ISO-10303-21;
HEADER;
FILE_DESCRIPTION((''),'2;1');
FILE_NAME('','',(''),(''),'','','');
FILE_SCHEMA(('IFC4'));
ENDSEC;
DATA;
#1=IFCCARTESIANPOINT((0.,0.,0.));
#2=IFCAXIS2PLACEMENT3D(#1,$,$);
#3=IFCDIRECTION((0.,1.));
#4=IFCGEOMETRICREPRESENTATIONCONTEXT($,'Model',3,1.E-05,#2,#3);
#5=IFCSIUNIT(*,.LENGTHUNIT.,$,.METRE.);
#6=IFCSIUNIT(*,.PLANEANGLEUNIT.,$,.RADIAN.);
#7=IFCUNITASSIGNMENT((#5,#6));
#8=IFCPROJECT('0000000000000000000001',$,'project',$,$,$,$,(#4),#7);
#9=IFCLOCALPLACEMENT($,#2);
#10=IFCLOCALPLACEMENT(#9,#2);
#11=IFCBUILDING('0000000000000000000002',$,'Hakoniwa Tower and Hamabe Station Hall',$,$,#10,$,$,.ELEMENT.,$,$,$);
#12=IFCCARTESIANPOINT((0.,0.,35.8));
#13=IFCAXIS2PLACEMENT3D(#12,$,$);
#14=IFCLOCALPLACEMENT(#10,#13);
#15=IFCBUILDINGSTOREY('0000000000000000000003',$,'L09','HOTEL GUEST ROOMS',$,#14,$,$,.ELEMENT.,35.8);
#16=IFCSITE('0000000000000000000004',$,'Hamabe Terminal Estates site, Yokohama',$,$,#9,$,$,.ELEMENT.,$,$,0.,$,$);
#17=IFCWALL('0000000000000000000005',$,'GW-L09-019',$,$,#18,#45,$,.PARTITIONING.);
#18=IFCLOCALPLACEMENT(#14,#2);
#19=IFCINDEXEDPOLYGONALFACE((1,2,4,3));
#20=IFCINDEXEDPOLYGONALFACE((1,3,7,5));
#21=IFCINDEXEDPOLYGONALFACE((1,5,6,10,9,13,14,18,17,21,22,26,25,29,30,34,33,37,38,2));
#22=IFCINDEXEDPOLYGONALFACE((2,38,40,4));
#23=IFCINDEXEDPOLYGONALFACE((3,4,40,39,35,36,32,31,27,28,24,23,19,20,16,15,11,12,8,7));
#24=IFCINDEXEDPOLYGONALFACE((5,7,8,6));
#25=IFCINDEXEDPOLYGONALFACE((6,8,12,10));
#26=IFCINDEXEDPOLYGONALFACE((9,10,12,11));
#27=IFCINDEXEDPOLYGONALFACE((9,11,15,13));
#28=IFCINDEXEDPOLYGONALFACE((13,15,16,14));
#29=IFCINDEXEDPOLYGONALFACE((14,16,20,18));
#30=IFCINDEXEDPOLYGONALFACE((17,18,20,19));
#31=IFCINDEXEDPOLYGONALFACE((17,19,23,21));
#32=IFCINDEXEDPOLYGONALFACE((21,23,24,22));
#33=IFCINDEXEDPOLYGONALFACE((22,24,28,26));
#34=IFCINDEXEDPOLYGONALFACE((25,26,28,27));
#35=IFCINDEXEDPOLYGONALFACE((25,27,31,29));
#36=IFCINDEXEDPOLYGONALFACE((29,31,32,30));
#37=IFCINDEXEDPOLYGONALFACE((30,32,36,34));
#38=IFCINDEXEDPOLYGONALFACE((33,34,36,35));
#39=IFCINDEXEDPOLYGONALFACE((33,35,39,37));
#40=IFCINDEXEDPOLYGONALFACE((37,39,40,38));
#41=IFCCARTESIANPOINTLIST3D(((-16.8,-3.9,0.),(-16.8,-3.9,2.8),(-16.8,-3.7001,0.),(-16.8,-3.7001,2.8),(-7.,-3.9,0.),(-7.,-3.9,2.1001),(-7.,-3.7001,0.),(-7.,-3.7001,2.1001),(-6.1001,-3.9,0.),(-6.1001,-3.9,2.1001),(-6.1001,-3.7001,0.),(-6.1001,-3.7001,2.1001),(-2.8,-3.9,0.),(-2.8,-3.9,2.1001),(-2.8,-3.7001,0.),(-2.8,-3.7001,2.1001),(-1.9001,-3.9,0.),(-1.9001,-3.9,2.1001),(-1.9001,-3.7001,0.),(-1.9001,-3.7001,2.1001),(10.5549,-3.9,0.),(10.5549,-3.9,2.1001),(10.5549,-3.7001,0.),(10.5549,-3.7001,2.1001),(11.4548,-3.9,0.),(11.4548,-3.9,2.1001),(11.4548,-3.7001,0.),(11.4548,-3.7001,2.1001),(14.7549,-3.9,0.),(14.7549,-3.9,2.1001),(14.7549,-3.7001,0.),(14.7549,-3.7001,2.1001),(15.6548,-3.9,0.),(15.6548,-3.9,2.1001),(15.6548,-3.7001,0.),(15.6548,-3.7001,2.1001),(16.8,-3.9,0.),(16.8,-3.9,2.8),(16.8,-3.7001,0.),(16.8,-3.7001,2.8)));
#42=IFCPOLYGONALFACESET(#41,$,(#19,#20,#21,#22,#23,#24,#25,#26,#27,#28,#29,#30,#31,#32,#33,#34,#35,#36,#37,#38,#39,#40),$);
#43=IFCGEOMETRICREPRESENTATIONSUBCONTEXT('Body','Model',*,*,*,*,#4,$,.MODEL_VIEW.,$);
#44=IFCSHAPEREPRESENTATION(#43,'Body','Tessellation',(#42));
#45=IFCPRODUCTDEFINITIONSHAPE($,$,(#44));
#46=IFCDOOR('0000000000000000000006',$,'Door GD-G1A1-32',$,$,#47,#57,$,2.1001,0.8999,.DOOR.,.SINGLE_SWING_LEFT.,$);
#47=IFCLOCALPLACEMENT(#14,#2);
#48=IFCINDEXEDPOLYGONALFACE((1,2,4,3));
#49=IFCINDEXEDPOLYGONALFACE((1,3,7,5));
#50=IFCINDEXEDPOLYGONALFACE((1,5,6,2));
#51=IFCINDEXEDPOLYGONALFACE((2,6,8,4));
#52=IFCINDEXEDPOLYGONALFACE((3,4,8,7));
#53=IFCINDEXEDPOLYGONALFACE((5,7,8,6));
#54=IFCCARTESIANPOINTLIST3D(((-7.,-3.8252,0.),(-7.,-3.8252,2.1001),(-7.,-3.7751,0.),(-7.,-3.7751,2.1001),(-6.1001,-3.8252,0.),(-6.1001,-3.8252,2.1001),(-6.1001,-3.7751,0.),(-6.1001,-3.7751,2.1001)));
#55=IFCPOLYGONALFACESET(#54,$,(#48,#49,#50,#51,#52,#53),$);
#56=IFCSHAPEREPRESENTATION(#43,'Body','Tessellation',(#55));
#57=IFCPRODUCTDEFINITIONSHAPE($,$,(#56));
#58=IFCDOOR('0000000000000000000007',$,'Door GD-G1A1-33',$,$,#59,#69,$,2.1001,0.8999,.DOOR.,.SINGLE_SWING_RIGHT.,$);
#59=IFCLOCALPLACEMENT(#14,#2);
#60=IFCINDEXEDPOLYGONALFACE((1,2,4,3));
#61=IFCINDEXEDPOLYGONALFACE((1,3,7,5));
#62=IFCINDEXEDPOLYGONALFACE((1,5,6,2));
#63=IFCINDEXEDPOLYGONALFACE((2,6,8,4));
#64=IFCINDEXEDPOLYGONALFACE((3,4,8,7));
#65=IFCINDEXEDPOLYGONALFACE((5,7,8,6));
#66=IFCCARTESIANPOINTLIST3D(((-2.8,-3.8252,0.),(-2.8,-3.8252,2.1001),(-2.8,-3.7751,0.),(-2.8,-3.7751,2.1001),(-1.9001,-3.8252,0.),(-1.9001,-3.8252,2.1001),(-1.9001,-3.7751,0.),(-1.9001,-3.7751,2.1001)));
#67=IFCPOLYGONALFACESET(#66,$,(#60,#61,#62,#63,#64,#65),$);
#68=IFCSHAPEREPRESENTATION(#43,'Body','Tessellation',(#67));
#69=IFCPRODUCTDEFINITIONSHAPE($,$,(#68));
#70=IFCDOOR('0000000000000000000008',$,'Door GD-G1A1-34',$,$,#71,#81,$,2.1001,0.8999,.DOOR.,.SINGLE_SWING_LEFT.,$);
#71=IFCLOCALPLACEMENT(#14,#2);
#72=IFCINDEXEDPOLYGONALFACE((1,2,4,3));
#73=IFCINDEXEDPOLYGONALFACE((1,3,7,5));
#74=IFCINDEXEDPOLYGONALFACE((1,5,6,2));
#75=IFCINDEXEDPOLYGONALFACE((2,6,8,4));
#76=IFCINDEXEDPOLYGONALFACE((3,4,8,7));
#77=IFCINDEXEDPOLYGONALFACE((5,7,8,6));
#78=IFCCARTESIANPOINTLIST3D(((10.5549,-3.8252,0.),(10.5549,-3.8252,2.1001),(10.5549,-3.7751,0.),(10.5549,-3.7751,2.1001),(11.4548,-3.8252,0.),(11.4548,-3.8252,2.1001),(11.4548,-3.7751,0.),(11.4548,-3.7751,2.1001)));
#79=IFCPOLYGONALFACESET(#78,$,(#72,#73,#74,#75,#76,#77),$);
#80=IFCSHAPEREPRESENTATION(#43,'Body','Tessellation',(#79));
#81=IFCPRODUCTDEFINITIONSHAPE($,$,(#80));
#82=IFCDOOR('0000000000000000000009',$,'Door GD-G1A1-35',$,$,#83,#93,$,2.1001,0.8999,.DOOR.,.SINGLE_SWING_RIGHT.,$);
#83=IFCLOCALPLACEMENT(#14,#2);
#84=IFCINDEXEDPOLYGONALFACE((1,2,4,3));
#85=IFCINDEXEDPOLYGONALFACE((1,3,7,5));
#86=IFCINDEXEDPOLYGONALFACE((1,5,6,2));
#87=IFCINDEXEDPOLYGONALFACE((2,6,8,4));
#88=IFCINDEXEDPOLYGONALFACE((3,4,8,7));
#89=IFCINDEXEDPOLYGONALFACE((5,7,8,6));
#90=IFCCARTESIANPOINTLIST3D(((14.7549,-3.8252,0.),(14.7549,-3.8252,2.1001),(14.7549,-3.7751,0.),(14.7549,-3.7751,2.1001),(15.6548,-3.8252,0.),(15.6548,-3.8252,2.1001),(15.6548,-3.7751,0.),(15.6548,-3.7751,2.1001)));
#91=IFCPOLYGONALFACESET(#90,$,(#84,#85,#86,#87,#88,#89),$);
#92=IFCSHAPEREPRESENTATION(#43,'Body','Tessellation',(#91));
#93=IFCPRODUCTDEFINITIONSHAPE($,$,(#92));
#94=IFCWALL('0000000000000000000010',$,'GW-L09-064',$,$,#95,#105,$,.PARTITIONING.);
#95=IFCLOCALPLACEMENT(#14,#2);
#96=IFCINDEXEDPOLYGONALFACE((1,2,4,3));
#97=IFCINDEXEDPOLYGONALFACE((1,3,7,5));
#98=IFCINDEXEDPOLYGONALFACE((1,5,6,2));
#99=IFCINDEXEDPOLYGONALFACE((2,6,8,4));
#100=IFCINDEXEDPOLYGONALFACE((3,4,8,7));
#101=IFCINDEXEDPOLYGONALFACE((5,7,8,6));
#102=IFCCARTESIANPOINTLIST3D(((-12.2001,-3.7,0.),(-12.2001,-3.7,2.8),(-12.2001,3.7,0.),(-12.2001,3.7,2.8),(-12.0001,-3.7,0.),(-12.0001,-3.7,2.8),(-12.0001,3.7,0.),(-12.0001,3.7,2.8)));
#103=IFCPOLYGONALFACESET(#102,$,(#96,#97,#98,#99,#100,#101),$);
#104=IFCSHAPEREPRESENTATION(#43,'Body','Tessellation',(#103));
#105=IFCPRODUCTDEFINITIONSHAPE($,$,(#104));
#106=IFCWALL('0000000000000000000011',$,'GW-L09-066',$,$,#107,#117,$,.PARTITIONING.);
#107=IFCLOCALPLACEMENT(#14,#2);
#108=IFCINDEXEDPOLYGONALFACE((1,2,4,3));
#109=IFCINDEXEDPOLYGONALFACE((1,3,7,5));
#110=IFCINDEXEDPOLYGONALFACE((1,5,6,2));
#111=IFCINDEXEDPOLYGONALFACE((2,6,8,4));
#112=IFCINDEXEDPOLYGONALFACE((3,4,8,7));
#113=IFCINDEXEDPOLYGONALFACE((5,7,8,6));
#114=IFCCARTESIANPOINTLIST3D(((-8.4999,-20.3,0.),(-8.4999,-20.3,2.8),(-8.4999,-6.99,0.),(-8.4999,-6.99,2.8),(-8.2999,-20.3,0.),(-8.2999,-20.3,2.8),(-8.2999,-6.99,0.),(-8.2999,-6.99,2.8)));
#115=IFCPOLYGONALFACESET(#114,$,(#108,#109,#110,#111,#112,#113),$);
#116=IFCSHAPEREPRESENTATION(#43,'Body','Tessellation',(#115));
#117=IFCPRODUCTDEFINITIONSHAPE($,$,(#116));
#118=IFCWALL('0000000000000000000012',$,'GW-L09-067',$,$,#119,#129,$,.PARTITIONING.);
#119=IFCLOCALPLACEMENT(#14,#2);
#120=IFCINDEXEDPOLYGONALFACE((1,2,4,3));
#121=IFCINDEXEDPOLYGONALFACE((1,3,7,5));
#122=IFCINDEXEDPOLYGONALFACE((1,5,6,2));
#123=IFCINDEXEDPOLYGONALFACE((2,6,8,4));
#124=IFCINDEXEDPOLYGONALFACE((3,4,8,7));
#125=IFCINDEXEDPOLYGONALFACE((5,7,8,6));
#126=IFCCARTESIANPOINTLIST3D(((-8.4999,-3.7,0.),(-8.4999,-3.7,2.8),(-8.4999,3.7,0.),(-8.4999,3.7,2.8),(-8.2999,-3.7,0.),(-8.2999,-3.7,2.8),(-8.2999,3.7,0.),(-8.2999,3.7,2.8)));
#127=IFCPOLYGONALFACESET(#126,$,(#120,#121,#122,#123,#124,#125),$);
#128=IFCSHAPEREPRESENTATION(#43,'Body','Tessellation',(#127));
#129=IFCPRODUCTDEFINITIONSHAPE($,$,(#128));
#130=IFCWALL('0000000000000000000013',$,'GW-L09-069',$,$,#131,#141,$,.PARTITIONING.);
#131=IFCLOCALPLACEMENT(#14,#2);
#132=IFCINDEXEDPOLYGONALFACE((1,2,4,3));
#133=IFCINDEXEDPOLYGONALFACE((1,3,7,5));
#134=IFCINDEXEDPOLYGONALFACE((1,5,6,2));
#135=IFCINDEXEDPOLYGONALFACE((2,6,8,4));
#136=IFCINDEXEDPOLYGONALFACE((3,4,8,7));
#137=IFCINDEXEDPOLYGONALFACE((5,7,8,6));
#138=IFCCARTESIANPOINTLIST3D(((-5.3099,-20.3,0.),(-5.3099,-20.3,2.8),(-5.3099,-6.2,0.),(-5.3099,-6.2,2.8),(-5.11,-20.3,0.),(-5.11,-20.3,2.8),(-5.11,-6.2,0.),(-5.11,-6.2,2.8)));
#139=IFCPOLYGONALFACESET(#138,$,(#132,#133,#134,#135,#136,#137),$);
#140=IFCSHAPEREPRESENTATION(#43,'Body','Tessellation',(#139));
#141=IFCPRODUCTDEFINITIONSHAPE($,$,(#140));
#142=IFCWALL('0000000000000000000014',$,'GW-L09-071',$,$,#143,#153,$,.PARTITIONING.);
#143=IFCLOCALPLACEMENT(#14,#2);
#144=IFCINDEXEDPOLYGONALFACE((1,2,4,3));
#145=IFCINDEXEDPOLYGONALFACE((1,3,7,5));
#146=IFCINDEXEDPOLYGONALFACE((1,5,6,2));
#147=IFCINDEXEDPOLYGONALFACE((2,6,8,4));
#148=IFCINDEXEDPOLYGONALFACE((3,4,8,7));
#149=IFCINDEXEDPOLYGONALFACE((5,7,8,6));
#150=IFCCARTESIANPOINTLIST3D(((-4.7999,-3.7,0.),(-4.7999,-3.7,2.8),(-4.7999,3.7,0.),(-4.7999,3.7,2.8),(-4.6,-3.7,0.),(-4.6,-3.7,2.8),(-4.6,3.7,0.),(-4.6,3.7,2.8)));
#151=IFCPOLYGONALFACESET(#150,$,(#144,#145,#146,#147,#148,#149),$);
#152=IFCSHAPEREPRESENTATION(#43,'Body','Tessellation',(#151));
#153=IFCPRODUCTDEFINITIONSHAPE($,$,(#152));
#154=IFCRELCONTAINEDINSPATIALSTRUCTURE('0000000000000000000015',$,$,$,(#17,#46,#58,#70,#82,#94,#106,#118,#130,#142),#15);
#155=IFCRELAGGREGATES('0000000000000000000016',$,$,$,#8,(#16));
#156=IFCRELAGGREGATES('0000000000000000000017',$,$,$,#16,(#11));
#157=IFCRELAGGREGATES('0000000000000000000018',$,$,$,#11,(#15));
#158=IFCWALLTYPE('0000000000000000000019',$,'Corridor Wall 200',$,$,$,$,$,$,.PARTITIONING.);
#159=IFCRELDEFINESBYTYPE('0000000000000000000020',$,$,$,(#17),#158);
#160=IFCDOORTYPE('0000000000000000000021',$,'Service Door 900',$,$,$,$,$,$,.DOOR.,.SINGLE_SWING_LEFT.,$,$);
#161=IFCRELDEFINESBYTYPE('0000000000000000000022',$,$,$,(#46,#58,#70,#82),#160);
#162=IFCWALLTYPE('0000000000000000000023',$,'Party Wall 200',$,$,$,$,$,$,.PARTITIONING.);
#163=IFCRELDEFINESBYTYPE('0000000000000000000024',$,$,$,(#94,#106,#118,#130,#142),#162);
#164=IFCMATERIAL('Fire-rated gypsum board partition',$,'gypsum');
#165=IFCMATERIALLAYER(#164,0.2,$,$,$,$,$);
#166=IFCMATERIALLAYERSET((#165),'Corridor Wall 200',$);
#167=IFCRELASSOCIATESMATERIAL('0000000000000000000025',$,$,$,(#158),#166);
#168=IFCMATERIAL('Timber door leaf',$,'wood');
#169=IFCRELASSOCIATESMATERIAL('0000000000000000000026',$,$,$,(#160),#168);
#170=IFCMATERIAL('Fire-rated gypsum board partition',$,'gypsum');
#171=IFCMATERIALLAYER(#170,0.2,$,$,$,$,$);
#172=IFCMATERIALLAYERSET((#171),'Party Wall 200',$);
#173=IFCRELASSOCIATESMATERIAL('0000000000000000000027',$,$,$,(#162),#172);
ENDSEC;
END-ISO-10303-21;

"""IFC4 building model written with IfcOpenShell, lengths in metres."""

from ifc_helpers import new_model, si_unit, direction, frame, frame_2d, origin, place, context, subcontext, project, spatial, rectangle, extrude, material, layer, layer_set, type_object, element, fill, save


model = new_model("IFC4")

# Units and contexts
model_context = context("Model", 3, precision=1e-05, world=origin(), true_north=direction((0.0, 1.0)))
body_context = subcontext(model_context, "Body", "Model", "MODEL_VIEW")
ifc_project = project(units=[si_unit("LENGTHUNIT", "METRE"), si_unit("PLANEANGLEUNIT", "RADIAN")], contexts=[model_context])

# Site, building, storey
site_placement = place(None, origin())
site = spatial("IfcSite", under=ifc_project, at=site_placement, Name="Hamabe Terminal Estates site, Yokohama", CompositionType="ELEMENT", RefElevation=0.0)
building_placement = place(site_placement, origin())
building = spatial("IfcBuilding", under=site, at=building_placement, Name="Hakoniwa Tower and Hamabe Station Hall", CompositionType="ELEMENT")
storey_placement = place(building_placement, frame((0.0, 0.0, 35.8)))
storey = spatial("IfcBuildingStorey", under=building, at=storey_placement, Name="L09", Description="HOTEL GUEST ROOMS", CompositionType="ELEMENT", Elevation=35.8)

# Wall, openings, doors
ifc_material_1 = material(Name="Fire-rated gypsum board partition", Category="gypsum")
ifc_layer_1 = layer(ifc_material_1, 0.2)
ifc_layer_set_1 = layer_set([ifc_layer_1], Name="Corridor Wall 200")
wall_type_1 = type_object("IfcWallType", Name="Corridor Wall 200", PredefinedType="PARTITIONING", material=ifc_layer_set_1)
ifc_material_2 = material(Name="Timber door leaf", Category="wood")
door_type_1 = type_object("IfcDoorType", Name="Service Door 900", OperationType="SINGLE_SWING_LEFT", PredefinedType="DOOR", material=ifc_material_2)
wall_1_placement = place(storey_placement, frame((-16.8, -3.8, 0.0), z_axis=(0.0, 0.0, 1.0), x_axis=(1.0, 0.0, 0.0)))
wall_1 = element("IfcWall", 1, at=wall_1_placement, inside=storey, type_object=wall_type_1, Name="GW-L09-019", PredefinedType="PARTITIONING", context=body_context, shape_type="SweptSolid", body=[
    extrude(rectangle(XDim=33.6001, YDim=0.2, at=frame_2d((16.8, 0.0))), origin(), (0.0, 0.0, 1.0), 2.8),
])
opening_1_placement = place(wall_1_placement, frame((9.8, 0.0, 0.0)))
opening_1 = element("IfcOpeningElement", 2, at=opening_1_placement, cuts=wall_1, PredefinedType="OPENING", context=body_context, shape_type="SweptSolid", body=[
    extrude(rectangle(XDim=0.8999, YDim=2.1001, at=frame_2d((0.45, 1.05))), frame((0.0, 0.1099, 0.0), z_axis=(0.0, -1.0, 0.0), x_axis=(1.0, 0.0, 0.0)), (0.0, 0.0, 1.0), 0.22),
])
opening_2_placement = place(wall_1_placement, frame((14.0, 0.0, 0.0)))
opening_2 = element("IfcOpeningElement", 3, at=opening_2_placement, cuts=wall_1, PredefinedType="OPENING", context=body_context, shape_type="SweptSolid", body=[
    extrude(rectangle(XDim=0.8999, YDim=2.1001, at=frame_2d((0.45, 1.05))), frame((0.0, 0.1099, 0.0), z_axis=(0.0, -1.0, 0.0), x_axis=(1.0, 0.0, 0.0)), (0.0, 0.0, 1.0), 0.22),
])
opening_3_placement = place(wall_1_placement, frame((27.355, 0.0, 0.0)))
opening_3 = element("IfcOpeningElement", 4, at=opening_3_placement, cuts=wall_1, PredefinedType="OPENING", context=body_context, shape_type="SweptSolid", body=[
    extrude(rectangle(XDim=0.8999, YDim=2.1001, at=frame_2d((0.45, 1.05))), frame((0.0, 0.1099, 0.0), z_axis=(0.0, -1.0, 0.0), x_axis=(1.0, 0.0, 0.0)), (0.0, 0.0, 1.0), 0.22),
])
opening_4_placement = place(wall_1_placement, frame((31.5549, 0.0, 0.0)))
opening_4 = element("IfcOpeningElement", 5, at=opening_4_placement, cuts=wall_1, PredefinedType="OPENING", context=body_context, shape_type="SweptSolid", body=[
    extrude(rectangle(XDim=0.8999, YDim=2.1001, at=frame_2d((0.45, 1.05))), frame((0.0, 0.1099, 0.0), z_axis=(0.0, -1.0, 0.0), x_axis=(1.0, 0.0, 0.0)), (0.0, 0.0, 1.0), 0.22),
])
door_1_placement = place(opening_1_placement, origin())
door_1 = element("IfcDoor", 6, at=door_1_placement, inside=storey, type_object=door_type_1, Name="Door GD-G1A1-32", OperationType="SINGLE_SWING_LEFT", OverallHeight=2.1001, OverallWidth=0.8999, PredefinedType="DOOR", context=body_context, shape_type="SweptSolid", body=[
    extrude(rectangle(XDim=0.8999, YDim=2.1001, at=frame_2d((0.45, 1.05))), frame((0.0, 0.0249, 0.0), z_axis=(0.0, -1.0, 0.0), x_axis=(1.0, 0.0, 0.0)), (0.0, 0.0, 1.0), 0.05),
])
fill(opening_1, door_1)
door_2_placement = place(opening_2_placement, origin())
door_2 = element("IfcDoor", 7, at=door_2_placement, inside=storey, type_object=door_type_1, Name="Door GD-G1A1-33", OperationType="SINGLE_SWING_RIGHT", OverallHeight=2.1001, OverallWidth=0.8999, PredefinedType="DOOR", context=body_context, shape_type="SweptSolid", body=[
    extrude(rectangle(XDim=0.8999, YDim=2.1001, at=frame_2d((0.45, 1.05))), frame((0.0, 0.0249, 0.0), z_axis=(0.0, -1.0, 0.0), x_axis=(1.0, 0.0, 0.0)), (0.0, 0.0, 1.0), 0.05),
])
fill(opening_2, door_2)
door_3_placement = place(opening_3_placement, origin())
door_3 = element("IfcDoor", 8, at=door_3_placement, inside=storey, type_object=door_type_1, Name="Door GD-G1A1-34", OperationType="SINGLE_SWING_LEFT", OverallHeight=2.1001, OverallWidth=0.8999, PredefinedType="DOOR", context=body_context, shape_type="SweptSolid", body=[
    extrude(rectangle(XDim=0.8999, YDim=2.1001, at=frame_2d((0.45, 1.05))), frame((0.0, 0.0249, 0.0), z_axis=(0.0, -1.0, 0.0), x_axis=(1.0, 0.0, 0.0)), (0.0, 0.0, 1.0), 0.05),
])
fill(opening_3, door_3)
door_4_placement = place(opening_4_placement, origin())
door_4 = element("IfcDoor", 9, at=door_4_placement, inside=storey, type_object=door_type_1, Name="Door GD-G1A1-35", OperationType="SINGLE_SWING_RIGHT", OverallHeight=2.1001, OverallWidth=0.8999, PredefinedType="DOOR", context=body_context, shape_type="SweptSolid", body=[
    extrude(rectangle(XDim=0.8999, YDim=2.1001, at=frame_2d((0.45, 1.05))), frame((0.0, 0.0249, 0.0), z_axis=(0.0, -1.0, 0.0), x_axis=(1.0, 0.0, 0.0)), (0.0, 0.0, 1.0), 0.05),
])
fill(opening_4, door_4)

# Walls
ifc_material_3 = material(Name="Fire-rated gypsum board partition", Category="gypsum")
ifc_layer_2 = layer(ifc_material_3, 0.2)
ifc_layer_set_2 = layer_set([ifc_layer_2], Name="Party Wall 200")
wall_type_2 = type_object("IfcWallType", Name="Party Wall 200", PredefinedType="PARTITIONING", material=ifc_layer_set_2)
wall_2_placement = place(storey_placement, frame((-12.1001, -3.7, 0.0), z_axis=(0.0, 0.0, 1.0), x_axis=(0.0, 1.0, 0.0)))
element("IfcWall", 10, at=wall_2_placement, inside=storey, type_object=wall_type_2, Name="GW-L09-064", PredefinedType="PARTITIONING", context=body_context, shape_type="SweptSolid", body=[
    extrude(rectangle(XDim=7.3999, YDim=0.2, at=frame_2d((3.7, 0.0))), origin(), (0.0, 0.0, 1.0), 2.8),
])
wall_3_placement = place(storey_placement, frame((-8.3999, -20.3, 0.0), z_axis=(0.0, 0.0, 1.0), x_axis=(0.0, 1.0, 0.0)))
element("IfcWall", 11, at=wall_3_placement, inside=storey, type_object=wall_type_2, Name="GW-L09-066", PredefinedType="PARTITIONING", context=body_context, shape_type="SweptSolid", body=[
    extrude(rectangle(XDim=13.3101, YDim=0.2, at=frame_2d((6.655, 0.0))), origin(), (0.0, 0.0, 1.0), 2.8),
])
wall_4_placement = place(storey_placement, frame((-8.3999, -3.7, 0.0), z_axis=(0.0, 0.0, 1.0), x_axis=(0.0, 1.0, 0.0)))
element("IfcWall", 12, at=wall_4_placement, inside=storey, type_object=wall_type_2, Name="GW-L09-067", PredefinedType="PARTITIONING", context=body_context, shape_type="SweptSolid", body=[
    extrude(rectangle(XDim=7.3999, YDim=0.2, at=frame_2d((3.7, 0.0))), origin(), (0.0, 0.0, 1.0), 2.8),
])
wall_5_placement = place(storey_placement, frame((-5.21, -20.3, 0.0), z_axis=(0.0, 0.0, 1.0), x_axis=(0.0, 1.0, 0.0)))
element("IfcWall", 13, at=wall_5_placement, inside=storey, type_object=wall_type_2, Name="GW-L09-069", PredefinedType="PARTITIONING", context=body_context, shape_type="SweptSolid", body=[
    extrude(rectangle(XDim=14.1001, YDim=0.2, at=frame_2d((7.05, 0.0))), origin(), (0.0, 0.0, 1.0), 2.8),
])
wall_6_placement = place(storey_placement, frame((-4.7, -3.7, 0.0), z_axis=(0.0, 0.0, 1.0), x_axis=(0.0, 1.0, 0.0)))
element("IfcWall", 14, at=wall_6_placement, inside=storey, type_object=wall_type_2, Name="GW-L09-071", PredefinedType="PARTITIONING", context=body_context, shape_type="SweptSolid", body=[
    extrude(rectangle(XDim=7.3999, YDim=0.2, at=frame_2d((3.7, 0.0))), origin(), (0.0, 0.0, 1.0), 2.8),
])

save(model, "model.ifc")
